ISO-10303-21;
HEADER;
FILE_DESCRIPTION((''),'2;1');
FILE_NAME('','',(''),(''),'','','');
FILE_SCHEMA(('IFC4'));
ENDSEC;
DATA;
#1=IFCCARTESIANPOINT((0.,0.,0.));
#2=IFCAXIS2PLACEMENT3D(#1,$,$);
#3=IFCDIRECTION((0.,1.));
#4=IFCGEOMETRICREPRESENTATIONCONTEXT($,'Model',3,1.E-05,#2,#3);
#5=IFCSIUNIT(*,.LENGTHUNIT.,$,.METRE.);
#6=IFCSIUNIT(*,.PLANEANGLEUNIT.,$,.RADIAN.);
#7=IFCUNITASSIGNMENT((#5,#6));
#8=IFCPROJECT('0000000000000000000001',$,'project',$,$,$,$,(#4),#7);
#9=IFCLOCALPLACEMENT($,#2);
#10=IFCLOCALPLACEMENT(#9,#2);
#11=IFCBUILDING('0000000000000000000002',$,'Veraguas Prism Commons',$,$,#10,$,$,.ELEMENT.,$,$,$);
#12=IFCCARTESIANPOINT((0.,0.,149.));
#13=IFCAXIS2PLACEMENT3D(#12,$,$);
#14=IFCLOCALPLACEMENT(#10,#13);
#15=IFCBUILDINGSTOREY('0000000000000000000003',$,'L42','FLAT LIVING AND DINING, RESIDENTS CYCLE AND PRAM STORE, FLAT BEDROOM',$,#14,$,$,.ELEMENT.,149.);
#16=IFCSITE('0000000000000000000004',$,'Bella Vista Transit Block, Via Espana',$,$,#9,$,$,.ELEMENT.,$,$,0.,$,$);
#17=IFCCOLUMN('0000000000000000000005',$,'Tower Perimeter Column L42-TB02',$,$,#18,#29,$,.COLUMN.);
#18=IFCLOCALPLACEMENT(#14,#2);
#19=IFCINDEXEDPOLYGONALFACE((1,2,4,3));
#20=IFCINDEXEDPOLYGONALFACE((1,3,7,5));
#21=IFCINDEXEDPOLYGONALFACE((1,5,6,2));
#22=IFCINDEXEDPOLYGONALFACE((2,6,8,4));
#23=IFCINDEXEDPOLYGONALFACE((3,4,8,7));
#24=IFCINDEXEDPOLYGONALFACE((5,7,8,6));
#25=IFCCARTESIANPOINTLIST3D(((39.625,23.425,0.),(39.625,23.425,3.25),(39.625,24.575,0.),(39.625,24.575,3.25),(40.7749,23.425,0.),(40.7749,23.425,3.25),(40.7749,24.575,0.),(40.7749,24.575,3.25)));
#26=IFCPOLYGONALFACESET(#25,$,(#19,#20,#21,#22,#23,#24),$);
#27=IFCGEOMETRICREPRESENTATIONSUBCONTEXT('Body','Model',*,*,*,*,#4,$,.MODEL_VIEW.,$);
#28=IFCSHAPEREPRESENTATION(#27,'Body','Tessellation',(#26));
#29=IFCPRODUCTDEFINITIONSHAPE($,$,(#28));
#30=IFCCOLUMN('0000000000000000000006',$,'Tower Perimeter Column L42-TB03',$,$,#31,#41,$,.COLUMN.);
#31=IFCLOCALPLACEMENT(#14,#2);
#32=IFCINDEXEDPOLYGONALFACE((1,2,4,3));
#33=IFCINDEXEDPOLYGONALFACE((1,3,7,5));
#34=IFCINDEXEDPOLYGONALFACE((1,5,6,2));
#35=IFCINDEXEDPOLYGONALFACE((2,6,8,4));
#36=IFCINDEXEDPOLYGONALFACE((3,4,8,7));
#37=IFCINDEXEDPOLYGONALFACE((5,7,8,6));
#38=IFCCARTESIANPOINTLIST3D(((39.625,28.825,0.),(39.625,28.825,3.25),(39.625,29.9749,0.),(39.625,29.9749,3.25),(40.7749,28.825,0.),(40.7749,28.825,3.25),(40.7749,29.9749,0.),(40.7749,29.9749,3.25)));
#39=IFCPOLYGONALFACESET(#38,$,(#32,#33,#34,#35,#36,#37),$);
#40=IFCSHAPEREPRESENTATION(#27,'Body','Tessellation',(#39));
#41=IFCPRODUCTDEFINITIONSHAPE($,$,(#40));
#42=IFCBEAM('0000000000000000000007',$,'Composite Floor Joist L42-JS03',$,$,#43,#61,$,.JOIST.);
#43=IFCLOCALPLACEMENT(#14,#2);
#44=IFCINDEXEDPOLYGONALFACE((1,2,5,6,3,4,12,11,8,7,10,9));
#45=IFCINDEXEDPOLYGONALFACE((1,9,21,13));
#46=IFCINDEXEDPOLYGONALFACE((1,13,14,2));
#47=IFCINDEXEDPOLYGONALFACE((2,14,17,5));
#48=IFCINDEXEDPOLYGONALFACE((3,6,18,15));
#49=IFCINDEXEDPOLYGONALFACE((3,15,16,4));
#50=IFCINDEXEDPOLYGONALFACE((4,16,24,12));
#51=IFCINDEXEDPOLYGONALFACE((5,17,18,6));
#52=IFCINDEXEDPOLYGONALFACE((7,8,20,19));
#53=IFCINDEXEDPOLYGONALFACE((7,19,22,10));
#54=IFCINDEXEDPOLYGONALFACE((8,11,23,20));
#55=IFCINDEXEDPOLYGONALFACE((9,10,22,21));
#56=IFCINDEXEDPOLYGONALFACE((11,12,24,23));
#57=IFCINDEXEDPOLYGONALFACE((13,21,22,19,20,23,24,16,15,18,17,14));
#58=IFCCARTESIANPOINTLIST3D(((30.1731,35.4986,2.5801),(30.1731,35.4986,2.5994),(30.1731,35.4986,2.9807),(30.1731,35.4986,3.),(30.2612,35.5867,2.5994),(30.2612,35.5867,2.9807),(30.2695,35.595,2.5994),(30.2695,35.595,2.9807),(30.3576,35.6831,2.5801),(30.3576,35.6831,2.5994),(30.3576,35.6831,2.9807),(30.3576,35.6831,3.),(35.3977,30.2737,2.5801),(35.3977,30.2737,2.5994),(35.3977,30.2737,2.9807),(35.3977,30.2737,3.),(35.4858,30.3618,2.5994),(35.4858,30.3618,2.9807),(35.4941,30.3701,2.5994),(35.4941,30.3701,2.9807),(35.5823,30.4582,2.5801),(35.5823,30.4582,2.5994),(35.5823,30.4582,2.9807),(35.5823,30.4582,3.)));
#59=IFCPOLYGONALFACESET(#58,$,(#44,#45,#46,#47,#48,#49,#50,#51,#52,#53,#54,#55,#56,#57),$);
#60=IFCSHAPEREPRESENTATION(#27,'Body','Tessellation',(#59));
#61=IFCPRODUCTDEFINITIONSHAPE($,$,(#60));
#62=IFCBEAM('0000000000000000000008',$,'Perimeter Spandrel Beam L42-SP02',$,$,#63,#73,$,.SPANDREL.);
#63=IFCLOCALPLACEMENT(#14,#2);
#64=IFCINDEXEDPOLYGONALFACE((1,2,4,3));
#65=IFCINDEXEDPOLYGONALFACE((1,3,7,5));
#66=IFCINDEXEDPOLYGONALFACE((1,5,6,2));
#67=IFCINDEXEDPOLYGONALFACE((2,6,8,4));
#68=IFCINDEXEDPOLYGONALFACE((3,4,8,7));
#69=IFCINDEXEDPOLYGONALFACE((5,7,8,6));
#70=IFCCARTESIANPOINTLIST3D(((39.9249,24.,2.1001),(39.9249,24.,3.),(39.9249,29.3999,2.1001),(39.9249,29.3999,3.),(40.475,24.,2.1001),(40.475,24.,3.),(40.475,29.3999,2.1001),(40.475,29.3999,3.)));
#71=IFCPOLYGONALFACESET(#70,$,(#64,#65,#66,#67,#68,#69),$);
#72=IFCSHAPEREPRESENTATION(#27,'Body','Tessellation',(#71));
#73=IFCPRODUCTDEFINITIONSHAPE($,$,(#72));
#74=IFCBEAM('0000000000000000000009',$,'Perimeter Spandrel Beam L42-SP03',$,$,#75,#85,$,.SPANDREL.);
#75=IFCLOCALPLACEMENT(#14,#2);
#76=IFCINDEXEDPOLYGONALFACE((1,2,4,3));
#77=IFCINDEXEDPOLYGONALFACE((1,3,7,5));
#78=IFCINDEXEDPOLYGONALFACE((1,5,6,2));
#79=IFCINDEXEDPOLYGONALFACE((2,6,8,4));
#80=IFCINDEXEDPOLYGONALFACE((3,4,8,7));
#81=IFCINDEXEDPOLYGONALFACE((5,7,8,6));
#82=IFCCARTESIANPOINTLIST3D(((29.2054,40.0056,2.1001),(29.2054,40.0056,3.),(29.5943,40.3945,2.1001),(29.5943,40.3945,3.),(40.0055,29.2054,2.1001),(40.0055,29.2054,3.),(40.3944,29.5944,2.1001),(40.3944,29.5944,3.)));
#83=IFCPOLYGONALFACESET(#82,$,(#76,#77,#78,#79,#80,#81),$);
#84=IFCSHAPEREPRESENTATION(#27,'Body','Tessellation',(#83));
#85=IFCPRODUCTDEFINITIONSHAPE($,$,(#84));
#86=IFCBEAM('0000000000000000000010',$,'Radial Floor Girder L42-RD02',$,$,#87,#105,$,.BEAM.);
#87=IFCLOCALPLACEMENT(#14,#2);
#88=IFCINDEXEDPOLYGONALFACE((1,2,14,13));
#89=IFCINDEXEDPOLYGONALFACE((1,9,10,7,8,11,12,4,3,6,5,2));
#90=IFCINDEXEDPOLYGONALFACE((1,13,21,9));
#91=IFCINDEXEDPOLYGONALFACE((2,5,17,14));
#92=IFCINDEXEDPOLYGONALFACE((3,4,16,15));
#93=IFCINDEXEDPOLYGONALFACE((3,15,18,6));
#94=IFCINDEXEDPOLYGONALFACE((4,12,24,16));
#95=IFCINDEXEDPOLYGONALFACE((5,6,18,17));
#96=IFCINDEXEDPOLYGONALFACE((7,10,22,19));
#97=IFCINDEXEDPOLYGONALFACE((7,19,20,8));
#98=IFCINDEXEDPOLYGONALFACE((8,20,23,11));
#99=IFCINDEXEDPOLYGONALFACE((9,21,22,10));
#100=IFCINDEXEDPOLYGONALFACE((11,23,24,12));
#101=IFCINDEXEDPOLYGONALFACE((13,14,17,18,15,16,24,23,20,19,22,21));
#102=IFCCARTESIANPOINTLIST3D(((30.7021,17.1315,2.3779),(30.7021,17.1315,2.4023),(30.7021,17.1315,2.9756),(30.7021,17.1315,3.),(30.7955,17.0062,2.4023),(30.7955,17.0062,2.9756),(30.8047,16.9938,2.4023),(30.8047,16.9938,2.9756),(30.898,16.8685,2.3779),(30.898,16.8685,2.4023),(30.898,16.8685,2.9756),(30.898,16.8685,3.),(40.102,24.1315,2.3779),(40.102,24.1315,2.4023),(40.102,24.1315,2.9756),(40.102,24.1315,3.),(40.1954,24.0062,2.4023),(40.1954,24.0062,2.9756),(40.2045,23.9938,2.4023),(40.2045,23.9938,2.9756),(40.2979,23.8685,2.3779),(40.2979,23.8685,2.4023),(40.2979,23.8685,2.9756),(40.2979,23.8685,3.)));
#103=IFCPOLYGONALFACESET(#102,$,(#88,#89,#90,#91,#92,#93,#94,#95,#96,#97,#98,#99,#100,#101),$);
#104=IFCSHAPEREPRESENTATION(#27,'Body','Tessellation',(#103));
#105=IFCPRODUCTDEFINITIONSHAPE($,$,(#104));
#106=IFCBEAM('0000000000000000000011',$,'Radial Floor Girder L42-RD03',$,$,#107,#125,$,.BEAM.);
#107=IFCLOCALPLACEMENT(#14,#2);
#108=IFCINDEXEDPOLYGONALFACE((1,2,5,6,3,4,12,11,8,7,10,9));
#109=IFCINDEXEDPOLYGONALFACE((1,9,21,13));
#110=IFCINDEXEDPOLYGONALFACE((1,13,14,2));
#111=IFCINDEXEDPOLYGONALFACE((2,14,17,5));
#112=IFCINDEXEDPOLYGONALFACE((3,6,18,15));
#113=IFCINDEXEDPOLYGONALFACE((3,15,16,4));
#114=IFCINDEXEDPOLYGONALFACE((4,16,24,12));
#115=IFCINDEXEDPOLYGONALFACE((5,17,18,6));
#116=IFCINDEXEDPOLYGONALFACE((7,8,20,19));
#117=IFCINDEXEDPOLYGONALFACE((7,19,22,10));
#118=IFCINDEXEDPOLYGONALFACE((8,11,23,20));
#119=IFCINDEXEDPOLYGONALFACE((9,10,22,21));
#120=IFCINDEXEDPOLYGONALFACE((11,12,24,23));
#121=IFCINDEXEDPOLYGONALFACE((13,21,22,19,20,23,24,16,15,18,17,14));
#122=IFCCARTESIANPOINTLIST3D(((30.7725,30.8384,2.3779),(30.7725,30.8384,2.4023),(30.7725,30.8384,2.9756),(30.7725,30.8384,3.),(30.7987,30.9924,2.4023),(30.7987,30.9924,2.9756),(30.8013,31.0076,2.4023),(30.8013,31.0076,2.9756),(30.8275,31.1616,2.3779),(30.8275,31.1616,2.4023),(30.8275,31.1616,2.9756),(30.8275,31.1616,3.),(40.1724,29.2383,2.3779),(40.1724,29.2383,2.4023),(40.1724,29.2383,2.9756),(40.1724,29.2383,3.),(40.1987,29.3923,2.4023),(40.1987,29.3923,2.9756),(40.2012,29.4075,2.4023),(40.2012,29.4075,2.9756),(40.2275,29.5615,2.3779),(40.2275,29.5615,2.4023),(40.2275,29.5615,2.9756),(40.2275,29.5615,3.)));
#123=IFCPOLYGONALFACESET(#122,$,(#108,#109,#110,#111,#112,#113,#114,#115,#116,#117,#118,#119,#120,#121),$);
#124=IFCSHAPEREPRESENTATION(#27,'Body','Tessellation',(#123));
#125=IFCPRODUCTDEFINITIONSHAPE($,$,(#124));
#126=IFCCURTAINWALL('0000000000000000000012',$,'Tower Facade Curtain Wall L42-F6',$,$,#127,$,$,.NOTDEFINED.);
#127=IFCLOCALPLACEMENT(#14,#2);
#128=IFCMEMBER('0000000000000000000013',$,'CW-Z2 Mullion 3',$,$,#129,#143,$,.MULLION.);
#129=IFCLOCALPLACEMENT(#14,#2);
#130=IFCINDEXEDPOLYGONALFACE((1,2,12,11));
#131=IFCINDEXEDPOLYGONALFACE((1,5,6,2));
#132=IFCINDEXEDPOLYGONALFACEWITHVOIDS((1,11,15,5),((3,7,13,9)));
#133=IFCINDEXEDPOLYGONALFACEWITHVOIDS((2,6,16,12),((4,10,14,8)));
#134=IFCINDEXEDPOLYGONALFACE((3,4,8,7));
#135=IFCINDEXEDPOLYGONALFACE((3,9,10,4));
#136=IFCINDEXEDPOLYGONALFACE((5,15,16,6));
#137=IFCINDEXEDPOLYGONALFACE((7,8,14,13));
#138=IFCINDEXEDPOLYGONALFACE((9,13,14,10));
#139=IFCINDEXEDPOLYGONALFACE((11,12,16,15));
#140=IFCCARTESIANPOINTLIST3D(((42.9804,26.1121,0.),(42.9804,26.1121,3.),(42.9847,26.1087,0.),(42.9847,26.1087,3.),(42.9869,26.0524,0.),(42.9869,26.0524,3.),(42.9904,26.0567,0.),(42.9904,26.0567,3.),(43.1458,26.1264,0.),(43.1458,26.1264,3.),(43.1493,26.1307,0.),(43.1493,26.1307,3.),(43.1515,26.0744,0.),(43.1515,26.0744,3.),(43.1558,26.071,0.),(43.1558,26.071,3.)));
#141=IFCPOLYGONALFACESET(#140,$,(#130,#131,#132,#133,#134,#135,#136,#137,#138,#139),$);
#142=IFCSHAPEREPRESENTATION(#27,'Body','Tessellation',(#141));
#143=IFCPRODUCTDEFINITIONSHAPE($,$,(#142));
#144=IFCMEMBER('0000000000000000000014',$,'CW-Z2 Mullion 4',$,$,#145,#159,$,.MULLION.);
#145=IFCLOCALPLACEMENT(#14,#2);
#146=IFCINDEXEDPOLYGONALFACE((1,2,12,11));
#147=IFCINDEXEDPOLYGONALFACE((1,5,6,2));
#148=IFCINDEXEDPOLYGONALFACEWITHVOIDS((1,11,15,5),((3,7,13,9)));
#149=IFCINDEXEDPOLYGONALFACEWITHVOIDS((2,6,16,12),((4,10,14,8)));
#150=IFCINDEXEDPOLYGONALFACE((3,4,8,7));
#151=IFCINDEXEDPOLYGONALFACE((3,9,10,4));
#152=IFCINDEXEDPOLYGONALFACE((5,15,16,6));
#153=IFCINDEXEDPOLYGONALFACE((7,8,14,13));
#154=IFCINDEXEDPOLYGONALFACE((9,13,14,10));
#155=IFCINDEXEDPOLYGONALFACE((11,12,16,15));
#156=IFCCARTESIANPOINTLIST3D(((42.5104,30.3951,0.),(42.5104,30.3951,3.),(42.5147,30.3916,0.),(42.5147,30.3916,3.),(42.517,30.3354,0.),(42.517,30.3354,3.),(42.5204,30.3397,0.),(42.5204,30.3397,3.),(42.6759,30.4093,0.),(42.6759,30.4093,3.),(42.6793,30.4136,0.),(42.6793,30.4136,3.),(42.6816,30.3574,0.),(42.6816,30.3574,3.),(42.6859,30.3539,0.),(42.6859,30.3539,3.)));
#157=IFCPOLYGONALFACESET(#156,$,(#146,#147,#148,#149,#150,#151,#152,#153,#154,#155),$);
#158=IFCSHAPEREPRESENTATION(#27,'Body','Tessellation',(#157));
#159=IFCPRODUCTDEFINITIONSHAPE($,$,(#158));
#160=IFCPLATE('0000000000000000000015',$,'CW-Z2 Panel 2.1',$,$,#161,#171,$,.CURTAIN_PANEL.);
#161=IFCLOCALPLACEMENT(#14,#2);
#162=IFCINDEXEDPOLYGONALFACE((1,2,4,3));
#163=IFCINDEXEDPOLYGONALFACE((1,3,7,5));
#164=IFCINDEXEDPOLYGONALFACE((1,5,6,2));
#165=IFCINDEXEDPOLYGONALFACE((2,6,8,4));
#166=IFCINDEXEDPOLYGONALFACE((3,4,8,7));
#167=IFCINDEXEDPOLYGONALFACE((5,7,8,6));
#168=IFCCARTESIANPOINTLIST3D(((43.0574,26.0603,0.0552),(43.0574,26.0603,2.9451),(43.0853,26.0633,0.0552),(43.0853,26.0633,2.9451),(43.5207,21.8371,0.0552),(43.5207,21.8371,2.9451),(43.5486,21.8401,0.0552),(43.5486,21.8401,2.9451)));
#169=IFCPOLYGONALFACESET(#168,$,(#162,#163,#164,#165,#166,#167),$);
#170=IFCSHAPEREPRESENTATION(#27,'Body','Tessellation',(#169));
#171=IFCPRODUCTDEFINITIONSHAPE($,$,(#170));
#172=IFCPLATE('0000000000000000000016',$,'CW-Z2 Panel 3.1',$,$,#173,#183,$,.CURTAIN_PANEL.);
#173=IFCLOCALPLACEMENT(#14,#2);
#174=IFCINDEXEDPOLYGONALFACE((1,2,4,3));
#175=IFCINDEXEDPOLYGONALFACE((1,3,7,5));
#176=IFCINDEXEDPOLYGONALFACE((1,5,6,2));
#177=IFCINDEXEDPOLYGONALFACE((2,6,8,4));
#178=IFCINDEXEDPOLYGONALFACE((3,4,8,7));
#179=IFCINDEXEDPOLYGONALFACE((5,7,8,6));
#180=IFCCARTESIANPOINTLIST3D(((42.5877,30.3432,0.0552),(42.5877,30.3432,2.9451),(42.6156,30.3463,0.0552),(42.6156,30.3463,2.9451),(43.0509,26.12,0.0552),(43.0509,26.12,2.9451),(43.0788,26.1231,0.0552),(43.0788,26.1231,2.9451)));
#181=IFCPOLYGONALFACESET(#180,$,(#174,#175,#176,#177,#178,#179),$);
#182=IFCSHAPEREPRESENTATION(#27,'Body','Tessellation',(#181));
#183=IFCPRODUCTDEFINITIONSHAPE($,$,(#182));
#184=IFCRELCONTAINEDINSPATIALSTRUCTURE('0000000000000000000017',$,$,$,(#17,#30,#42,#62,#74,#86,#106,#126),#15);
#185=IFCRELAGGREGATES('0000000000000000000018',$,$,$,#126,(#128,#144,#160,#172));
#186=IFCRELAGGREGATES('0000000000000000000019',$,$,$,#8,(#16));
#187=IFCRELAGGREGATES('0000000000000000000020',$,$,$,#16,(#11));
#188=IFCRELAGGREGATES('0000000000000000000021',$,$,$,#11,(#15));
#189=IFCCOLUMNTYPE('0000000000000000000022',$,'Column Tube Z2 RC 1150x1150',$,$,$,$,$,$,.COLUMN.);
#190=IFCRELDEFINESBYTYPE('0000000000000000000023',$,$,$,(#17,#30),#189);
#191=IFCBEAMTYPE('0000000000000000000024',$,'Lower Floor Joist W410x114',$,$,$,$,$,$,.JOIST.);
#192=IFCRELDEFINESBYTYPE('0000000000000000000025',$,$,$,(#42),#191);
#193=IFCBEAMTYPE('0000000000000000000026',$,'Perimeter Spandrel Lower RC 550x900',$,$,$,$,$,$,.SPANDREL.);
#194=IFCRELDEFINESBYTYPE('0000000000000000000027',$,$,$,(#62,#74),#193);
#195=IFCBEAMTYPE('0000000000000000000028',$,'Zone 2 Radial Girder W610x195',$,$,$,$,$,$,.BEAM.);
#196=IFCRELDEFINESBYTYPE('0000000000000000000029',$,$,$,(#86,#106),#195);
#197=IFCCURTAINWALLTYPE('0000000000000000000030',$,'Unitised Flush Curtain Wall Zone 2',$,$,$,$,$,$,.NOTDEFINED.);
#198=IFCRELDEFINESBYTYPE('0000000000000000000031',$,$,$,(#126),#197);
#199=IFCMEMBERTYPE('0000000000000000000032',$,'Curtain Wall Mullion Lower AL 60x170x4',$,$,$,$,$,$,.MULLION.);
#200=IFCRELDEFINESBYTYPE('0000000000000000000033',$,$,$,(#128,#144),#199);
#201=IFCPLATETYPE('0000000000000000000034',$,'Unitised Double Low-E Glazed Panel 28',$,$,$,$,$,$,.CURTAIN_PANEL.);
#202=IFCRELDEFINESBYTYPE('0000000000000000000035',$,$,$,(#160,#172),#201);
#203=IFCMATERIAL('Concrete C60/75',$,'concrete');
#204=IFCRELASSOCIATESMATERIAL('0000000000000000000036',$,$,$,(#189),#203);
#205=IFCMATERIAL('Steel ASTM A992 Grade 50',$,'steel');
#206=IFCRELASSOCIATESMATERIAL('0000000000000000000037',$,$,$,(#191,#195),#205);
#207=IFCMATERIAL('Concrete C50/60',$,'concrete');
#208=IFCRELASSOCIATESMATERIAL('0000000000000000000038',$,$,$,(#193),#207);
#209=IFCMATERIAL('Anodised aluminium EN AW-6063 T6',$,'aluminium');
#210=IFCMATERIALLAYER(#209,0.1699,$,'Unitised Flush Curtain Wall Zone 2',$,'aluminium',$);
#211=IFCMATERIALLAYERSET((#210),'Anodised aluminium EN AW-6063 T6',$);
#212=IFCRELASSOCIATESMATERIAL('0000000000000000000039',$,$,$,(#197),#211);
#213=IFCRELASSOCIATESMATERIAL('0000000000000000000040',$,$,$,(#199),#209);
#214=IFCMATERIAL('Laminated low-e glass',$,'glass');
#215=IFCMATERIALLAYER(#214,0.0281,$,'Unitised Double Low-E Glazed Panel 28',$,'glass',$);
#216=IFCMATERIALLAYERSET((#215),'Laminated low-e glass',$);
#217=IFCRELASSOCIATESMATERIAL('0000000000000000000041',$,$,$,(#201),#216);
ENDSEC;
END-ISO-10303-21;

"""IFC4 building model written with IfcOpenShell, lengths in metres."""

from ifc_helpers import new_model, si_unit, direction, frame, origin, origin_2d, place, context, subcontext, project, spatial, rectangle, hollow_rectangle, i_section, extrude, source, transform, mapped, material, layer, layer_set, material_profile, profile_set, type_object, element, aggregate, save


model = new_model("IFC4")

# Units and contexts
model_context = context("Model", 3, precision=1e-05, world=origin(), true_north=direction((0.0, 1.0)))
body_context = subcontext(model_context, "Body", "Model", "MODEL_VIEW")
ifc_project = project(units=[si_unit("LENGTHUNIT", "METRE"), si_unit("PLANEANGLEUNIT", "RADIAN")], contexts=[model_context])

# Site, building, storey
site_placement = place(None, origin())
site = spatial("IfcSite", under=ifc_project, at=site_placement, Name="Bella Vista Transit Block, Via Espana", CompositionType="ELEMENT", RefElevation=0.0)
building_placement = place(site_placement, origin())
building = spatial("IfcBuilding", under=site, at=building_placement, Name="Veraguas Prism Commons", CompositionType="ELEMENT")
storey_placement = place(building_placement, frame((0.0, 0.0, 149.0)))
storey = spatial("IfcBuildingStorey", under=building, at=storey_placement, Name="L42", Description="FLAT LIVING AND DINING, RESIDENTS CYCLE AND PRAM STORE, FLAT BEDROOM", CompositionType="ELEMENT", Elevation=149.0)

# Columns
ifc_material_1 = material(Name="Concrete C60/75", Category="concrete")
ifc_material_profile_1 = material_profile(ifc_material_1, rectangle(XDim=1.1499, YDim=1.1499, at=origin_2d()), Name="RC1150X1150")
ifc_profile_set_1 = profile_set([ifc_material_profile_1], Name="Concrete C60/75")
column_type = type_object("IfcColumnType", Name="Column Tube Z2 RC 1150x1150", PredefinedType="COLUMN", material=ifc_profile_set_1)
for number, where, z_axis, x_axis, name in (
    (1, (40.2, 24.0, 0.0), (0.0, 0.0, 1.0), (1.0, 0.0, 0.0), "Tower Perimeter Column L42-TB02"),
    (2, (40.2, 29.3999, 0.0), (0.0, 0.0, 1.0), (1.0, 0.0, 0.0), "Tower Perimeter Column L42-TB03"),
):
    element("IfcColumn", number, at=place(storey_placement, frame(where, z_axis=z_axis, x_axis=x_axis)), inside=storey, type_object=column_type, Name=name, PredefinedType="COLUMN", context=body_context, shape_type="SweptSolid", body=[
        extrude(rectangle(XDim=1.1499, YDim=1.1499, at=origin_2d()), origin(), (0.0, 0.0, 1.0), 3.25),
    ])

# Beams
ifc_material_2 = material(Name="Steel ASTM A992 Grade 50", Category="steel")
ifc_material_profile_2 = material_profile(ifc_material_2, i_section(OverallWidth=0.261, OverallDepth=0.4199, WebThickness=0.0117, FlangeThickness=0.0193, at=origin_2d()), Name="W410X114")
ifc_profile_set_2 = profile_set([ifc_material_profile_2], Name="Steel ASTM A992 Grade 50")
beam_type_1 = type_object("IfcBeamType", Name="Lower Floor Joist W410x114", PredefinedType="JOIST", material=ifc_profile_set_2)
beam_1_placement = place(storey_placement, frame((35.49, 30.366, 2.79), z_axis=(-0.70709, 0.707123, 0.0), x_axis=(-0.707123, -0.70709, 0.0)))
element("IfcBeam", 3, at=beam_1_placement, inside=storey, type_object=beam_type_1, Name="Composite Floor Joist L42-JS03", PredefinedType="JOIST", context=body_context, shape_type="SweptSolid", body=[
    extrude(i_section(OverallWidth=0.261, OverallDepth=0.4199, WebThickness=0.0117, FlangeThickness=0.0193, at=origin_2d()), origin(), (0.0, 0.0, 1.0), 7.3889),
])
ifc_material_3 = material(Name="Concrete C50/60", Category="concrete")
ifc_material_profile_3 = material_profile(ifc_material_3, rectangle(XDim=0.55, YDim=0.8999, at=origin_2d()), Name="RC550X900")
ifc_profile_set_3 = profile_set([ifc_material_profile_3], Name="Concrete C50/60")
beam_type_2 = type_object("IfcBeamType", Name="Perimeter Spandrel Lower RC 550x900", PredefinedType="SPANDREL", material=ifc_profile_set_3)
beam_2_placement = place(storey_placement, frame((40.2, 24.0, 2.55), z_axis=(0.0, 1.0, 0.0), x_axis=(-1.0, 0.0, 0.0)))
element("IfcBeam", 4, at=beam_2_placement, inside=storey, type_object=beam_type_2, Name="Perimeter Spandrel Beam L42-SP02", PredefinedType="SPANDREL", context=body_context, shape_type="SweptSolid", body=[
    extrude(rectangle(XDim=0.55, YDim=0.8999, at=origin_2d()), origin(), (0.0, 0.0, 1.0), 5.3999),
])
beam_3_placement = place(storey_placement, frame((40.2, 29.3999, 2.55), z_axis=(-0.707107, 0.707107, 0.0), x_axis=(-0.707107, -0.707107, 0.0)))
element("IfcBeam", 5, at=beam_3_placement, inside=storey, type_object=beam_type_2, Name="Perimeter Spandrel Beam L42-SP03", PredefinedType="SPANDREL", context=body_context, shape_type="SweptSolid", body=[
    extrude(rectangle(XDim=0.55, YDim=0.8999, at=origin_2d()), origin(), (0.0, 0.0, 1.0), 15.2737),
])
ifc_material_profile_4 = material_profile(ifc_material_2, i_section(OverallWidth=0.3279, OverallDepth=0.6221, WebThickness=0.0154, FlangeThickness=0.0244, at=origin_2d()), Name="W610X195")
ifc_profile_set_4 = profile_set([ifc_material_profile_4], Name="Steel ASTM A992 Grade 50")
beam_type_3 = type_object("IfcBeamType", Name="Zone 2 Radial Girder W610x195", PredefinedType="BEAM", material=ifc_profile_set_4)
beam_4_placement = place(storey_placement, frame((40.2, 24.0, 2.689), z_axis=(-0.80204, -0.59727, 0.0), x_axis=(0.59727, -0.80204, 0.0)))
element("IfcBeam", 6, at=beam_4_placement, inside=storey, type_object=beam_type_3, Name="Radial Floor Girder L42-RD02", PredefinedType="BEAM", context=body_context, shape_type="SweptSolid", body=[
    extrude(i_section(OverallWidth=0.3279, OverallDepth=0.6221, WebThickness=0.0154, FlangeThickness=0.0244, at=origin_2d()), origin(), (0.0, 0.0, 1.0), 11.72),
])
beam_5_placement = place(storey_placement, frame((40.2, 29.3999, 2.689), z_axis=(-0.985819, 0.167811, 0.0), x_axis=(-0.167811, -0.985819, 0.0)))
element("IfcBeam", 7, at=beam_5_placement, inside=storey, type_object=beam_type_3, Name="Radial Floor Girder L42-RD03", PredefinedType="BEAM", context=body_context, shape_type="SweptSolid", body=[
    extrude(i_section(OverallWidth=0.3279, OverallDepth=0.6221, WebThickness=0.0154, FlangeThickness=0.0244, at=origin_2d()), origin(), (0.0, 0.0, 1.0), 9.5352),
])

# Curtain wall, members, plates
ifc_material_4 = material(Name="Anodised aluminium EN AW-6063 T6", Category="aluminium")
ifc_layer_1 = layer(ifc_material_4, 0.1699, Name="Unitised Flush Curtain Wall Zone 2", Category="aluminium")
ifc_layer_set_1 = layer_set([ifc_layer_1], Name="Anodised aluminium EN AW-6063 T6")
curtain_wall_type = type_object("IfcCurtainWallType", Name="Unitised Flush Curtain Wall Zone 2", PredefinedType="NOTDEFINED", material=ifc_layer_set_1)
curtain_wall_placement = place(storey_placement, origin())
curtain_wall = element("IfcCurtainWall", 8, at=curtain_wall_placement, inside=storey, type_object=curtain_wall_type, Name="Tower Facade Curtain Wall L42-F6", PredefinedType="NOTDEFINED")
ifc_material_profile_5 = material_profile(ifc_material_4, hollow_rectangle(XDim=0.0601, YDim=0.1699, WallThickness=0.0039, at=origin_2d()), Name="AL60X170X4")
ifc_profile_set_5 = profile_set([ifc_material_profile_5], Name="Anodised aluminium EN AW-6063 T6")
member_type = type_object("IfcMemberType", Name="Curtain Wall Mullion Lower AL 60x170x4", PredefinedType="MULLION", material=ifc_profile_set_5)
shared_shape_1 = source(origin(), body_context, "Body", "SweptSolid", [
    extrude(hollow_rectangle(XDim=0.0601, YDim=0.1699, WallThickness=0.0039, at=origin_2d()), origin(), (0.0, 0.0, 1.0), 3.0),
])
member_1_placement = place(storey_placement, frame((43.0681, 26.0916, 0.0), z_axis=(0.0, 0.0, 1.0), x_axis=(-0.109044, 0.994037, 0.0)))
member_1 = element("IfcMember", 9, at=member_1_placement, type_object=member_type, Name="CW-Z2 Mullion 3", PredefinedType="MULLION", context=body_context, shape_type="MappedRepresentation", body=[
    mapped(shared_shape_1, transform((0.0, 0.0, 0.0), scale=1.0)),
])
member_2_placement = place(storey_placement, frame((42.5981, 30.3745, 0.0), z_axis=(0.0, 0.0, 1.0), x_axis=(-0.109044, 0.994037, 0.0)))
member_2 = element("IfcMember", 10, at=member_2_placement, type_object=member_type, Name="CW-Z2 Mullion 4", PredefinedType="MULLION", context=body_context, shape_type="MappedRepresentation", body=[
    mapped(shared_shape_1, transform((0.0, 0.0, 0.0), scale=1.0)),
])
ifc_material_5 = material(Name="Laminated low-e glass", Category="glass")
ifc_layer_2 = layer(ifc_material_5, 0.0281, Name="Unitised Double Low-E Glazed Panel 28", Category="glass")
ifc_layer_set_2 = layer_set([ifc_layer_2], Name="Laminated low-e glass")
plate_type = type_object("IfcPlateType", Name="Unitised Double Low-E Glazed Panel 28", PredefinedType="CURTAIN_PANEL", material=ifc_layer_set_2)
shared_shape_2 = source(origin(), body_context, "Body", "SweptSolid", [
    extrude(rectangle(XDim=4.2485, YDim=0.0281, at=origin_2d()), origin(), (0.0, 0.0, 1.0), 2.8899),
])
plate_1_placement = place(storey_placement, frame((43.303, 23.9502, 0.0552), z_axis=(0.0, 0.0, 1.0), x_axis=(-0.109044, 0.994037, 0.0)))
plate_1 = element("IfcPlate", 11, at=plate_1_placement, type_object=plate_type, Name="CW-Z2 Panel 2.1", PredefinedType="CURTAIN_PANEL", context=body_context, shape_type="MappedRepresentation", body=[
    mapped(shared_shape_2, transform((0.0, 0.0, 0.0), scale=1.0)),
])
plate_2_placement = place(storey_placement, frame((42.8333, 28.2332, 0.0552), z_axis=(0.0, 0.0, 1.0), x_axis=(-0.109044, 0.994037, 0.0)))
plate_2 = element("IfcPlate", 12, at=plate_2_placement, type_object=plate_type, Name="CW-Z2 Panel 3.1", PredefinedType="CURTAIN_PANEL", context=body_context, shape_type="MappedRepresentation", body=[
    mapped(shared_shape_2, transform((0.0, 0.0, 0.0), scale=1.0)),
])
aggregate(curtain_wall, [member_1, member_2, plate_1, plate_2])

save(model, "model.ifc")
